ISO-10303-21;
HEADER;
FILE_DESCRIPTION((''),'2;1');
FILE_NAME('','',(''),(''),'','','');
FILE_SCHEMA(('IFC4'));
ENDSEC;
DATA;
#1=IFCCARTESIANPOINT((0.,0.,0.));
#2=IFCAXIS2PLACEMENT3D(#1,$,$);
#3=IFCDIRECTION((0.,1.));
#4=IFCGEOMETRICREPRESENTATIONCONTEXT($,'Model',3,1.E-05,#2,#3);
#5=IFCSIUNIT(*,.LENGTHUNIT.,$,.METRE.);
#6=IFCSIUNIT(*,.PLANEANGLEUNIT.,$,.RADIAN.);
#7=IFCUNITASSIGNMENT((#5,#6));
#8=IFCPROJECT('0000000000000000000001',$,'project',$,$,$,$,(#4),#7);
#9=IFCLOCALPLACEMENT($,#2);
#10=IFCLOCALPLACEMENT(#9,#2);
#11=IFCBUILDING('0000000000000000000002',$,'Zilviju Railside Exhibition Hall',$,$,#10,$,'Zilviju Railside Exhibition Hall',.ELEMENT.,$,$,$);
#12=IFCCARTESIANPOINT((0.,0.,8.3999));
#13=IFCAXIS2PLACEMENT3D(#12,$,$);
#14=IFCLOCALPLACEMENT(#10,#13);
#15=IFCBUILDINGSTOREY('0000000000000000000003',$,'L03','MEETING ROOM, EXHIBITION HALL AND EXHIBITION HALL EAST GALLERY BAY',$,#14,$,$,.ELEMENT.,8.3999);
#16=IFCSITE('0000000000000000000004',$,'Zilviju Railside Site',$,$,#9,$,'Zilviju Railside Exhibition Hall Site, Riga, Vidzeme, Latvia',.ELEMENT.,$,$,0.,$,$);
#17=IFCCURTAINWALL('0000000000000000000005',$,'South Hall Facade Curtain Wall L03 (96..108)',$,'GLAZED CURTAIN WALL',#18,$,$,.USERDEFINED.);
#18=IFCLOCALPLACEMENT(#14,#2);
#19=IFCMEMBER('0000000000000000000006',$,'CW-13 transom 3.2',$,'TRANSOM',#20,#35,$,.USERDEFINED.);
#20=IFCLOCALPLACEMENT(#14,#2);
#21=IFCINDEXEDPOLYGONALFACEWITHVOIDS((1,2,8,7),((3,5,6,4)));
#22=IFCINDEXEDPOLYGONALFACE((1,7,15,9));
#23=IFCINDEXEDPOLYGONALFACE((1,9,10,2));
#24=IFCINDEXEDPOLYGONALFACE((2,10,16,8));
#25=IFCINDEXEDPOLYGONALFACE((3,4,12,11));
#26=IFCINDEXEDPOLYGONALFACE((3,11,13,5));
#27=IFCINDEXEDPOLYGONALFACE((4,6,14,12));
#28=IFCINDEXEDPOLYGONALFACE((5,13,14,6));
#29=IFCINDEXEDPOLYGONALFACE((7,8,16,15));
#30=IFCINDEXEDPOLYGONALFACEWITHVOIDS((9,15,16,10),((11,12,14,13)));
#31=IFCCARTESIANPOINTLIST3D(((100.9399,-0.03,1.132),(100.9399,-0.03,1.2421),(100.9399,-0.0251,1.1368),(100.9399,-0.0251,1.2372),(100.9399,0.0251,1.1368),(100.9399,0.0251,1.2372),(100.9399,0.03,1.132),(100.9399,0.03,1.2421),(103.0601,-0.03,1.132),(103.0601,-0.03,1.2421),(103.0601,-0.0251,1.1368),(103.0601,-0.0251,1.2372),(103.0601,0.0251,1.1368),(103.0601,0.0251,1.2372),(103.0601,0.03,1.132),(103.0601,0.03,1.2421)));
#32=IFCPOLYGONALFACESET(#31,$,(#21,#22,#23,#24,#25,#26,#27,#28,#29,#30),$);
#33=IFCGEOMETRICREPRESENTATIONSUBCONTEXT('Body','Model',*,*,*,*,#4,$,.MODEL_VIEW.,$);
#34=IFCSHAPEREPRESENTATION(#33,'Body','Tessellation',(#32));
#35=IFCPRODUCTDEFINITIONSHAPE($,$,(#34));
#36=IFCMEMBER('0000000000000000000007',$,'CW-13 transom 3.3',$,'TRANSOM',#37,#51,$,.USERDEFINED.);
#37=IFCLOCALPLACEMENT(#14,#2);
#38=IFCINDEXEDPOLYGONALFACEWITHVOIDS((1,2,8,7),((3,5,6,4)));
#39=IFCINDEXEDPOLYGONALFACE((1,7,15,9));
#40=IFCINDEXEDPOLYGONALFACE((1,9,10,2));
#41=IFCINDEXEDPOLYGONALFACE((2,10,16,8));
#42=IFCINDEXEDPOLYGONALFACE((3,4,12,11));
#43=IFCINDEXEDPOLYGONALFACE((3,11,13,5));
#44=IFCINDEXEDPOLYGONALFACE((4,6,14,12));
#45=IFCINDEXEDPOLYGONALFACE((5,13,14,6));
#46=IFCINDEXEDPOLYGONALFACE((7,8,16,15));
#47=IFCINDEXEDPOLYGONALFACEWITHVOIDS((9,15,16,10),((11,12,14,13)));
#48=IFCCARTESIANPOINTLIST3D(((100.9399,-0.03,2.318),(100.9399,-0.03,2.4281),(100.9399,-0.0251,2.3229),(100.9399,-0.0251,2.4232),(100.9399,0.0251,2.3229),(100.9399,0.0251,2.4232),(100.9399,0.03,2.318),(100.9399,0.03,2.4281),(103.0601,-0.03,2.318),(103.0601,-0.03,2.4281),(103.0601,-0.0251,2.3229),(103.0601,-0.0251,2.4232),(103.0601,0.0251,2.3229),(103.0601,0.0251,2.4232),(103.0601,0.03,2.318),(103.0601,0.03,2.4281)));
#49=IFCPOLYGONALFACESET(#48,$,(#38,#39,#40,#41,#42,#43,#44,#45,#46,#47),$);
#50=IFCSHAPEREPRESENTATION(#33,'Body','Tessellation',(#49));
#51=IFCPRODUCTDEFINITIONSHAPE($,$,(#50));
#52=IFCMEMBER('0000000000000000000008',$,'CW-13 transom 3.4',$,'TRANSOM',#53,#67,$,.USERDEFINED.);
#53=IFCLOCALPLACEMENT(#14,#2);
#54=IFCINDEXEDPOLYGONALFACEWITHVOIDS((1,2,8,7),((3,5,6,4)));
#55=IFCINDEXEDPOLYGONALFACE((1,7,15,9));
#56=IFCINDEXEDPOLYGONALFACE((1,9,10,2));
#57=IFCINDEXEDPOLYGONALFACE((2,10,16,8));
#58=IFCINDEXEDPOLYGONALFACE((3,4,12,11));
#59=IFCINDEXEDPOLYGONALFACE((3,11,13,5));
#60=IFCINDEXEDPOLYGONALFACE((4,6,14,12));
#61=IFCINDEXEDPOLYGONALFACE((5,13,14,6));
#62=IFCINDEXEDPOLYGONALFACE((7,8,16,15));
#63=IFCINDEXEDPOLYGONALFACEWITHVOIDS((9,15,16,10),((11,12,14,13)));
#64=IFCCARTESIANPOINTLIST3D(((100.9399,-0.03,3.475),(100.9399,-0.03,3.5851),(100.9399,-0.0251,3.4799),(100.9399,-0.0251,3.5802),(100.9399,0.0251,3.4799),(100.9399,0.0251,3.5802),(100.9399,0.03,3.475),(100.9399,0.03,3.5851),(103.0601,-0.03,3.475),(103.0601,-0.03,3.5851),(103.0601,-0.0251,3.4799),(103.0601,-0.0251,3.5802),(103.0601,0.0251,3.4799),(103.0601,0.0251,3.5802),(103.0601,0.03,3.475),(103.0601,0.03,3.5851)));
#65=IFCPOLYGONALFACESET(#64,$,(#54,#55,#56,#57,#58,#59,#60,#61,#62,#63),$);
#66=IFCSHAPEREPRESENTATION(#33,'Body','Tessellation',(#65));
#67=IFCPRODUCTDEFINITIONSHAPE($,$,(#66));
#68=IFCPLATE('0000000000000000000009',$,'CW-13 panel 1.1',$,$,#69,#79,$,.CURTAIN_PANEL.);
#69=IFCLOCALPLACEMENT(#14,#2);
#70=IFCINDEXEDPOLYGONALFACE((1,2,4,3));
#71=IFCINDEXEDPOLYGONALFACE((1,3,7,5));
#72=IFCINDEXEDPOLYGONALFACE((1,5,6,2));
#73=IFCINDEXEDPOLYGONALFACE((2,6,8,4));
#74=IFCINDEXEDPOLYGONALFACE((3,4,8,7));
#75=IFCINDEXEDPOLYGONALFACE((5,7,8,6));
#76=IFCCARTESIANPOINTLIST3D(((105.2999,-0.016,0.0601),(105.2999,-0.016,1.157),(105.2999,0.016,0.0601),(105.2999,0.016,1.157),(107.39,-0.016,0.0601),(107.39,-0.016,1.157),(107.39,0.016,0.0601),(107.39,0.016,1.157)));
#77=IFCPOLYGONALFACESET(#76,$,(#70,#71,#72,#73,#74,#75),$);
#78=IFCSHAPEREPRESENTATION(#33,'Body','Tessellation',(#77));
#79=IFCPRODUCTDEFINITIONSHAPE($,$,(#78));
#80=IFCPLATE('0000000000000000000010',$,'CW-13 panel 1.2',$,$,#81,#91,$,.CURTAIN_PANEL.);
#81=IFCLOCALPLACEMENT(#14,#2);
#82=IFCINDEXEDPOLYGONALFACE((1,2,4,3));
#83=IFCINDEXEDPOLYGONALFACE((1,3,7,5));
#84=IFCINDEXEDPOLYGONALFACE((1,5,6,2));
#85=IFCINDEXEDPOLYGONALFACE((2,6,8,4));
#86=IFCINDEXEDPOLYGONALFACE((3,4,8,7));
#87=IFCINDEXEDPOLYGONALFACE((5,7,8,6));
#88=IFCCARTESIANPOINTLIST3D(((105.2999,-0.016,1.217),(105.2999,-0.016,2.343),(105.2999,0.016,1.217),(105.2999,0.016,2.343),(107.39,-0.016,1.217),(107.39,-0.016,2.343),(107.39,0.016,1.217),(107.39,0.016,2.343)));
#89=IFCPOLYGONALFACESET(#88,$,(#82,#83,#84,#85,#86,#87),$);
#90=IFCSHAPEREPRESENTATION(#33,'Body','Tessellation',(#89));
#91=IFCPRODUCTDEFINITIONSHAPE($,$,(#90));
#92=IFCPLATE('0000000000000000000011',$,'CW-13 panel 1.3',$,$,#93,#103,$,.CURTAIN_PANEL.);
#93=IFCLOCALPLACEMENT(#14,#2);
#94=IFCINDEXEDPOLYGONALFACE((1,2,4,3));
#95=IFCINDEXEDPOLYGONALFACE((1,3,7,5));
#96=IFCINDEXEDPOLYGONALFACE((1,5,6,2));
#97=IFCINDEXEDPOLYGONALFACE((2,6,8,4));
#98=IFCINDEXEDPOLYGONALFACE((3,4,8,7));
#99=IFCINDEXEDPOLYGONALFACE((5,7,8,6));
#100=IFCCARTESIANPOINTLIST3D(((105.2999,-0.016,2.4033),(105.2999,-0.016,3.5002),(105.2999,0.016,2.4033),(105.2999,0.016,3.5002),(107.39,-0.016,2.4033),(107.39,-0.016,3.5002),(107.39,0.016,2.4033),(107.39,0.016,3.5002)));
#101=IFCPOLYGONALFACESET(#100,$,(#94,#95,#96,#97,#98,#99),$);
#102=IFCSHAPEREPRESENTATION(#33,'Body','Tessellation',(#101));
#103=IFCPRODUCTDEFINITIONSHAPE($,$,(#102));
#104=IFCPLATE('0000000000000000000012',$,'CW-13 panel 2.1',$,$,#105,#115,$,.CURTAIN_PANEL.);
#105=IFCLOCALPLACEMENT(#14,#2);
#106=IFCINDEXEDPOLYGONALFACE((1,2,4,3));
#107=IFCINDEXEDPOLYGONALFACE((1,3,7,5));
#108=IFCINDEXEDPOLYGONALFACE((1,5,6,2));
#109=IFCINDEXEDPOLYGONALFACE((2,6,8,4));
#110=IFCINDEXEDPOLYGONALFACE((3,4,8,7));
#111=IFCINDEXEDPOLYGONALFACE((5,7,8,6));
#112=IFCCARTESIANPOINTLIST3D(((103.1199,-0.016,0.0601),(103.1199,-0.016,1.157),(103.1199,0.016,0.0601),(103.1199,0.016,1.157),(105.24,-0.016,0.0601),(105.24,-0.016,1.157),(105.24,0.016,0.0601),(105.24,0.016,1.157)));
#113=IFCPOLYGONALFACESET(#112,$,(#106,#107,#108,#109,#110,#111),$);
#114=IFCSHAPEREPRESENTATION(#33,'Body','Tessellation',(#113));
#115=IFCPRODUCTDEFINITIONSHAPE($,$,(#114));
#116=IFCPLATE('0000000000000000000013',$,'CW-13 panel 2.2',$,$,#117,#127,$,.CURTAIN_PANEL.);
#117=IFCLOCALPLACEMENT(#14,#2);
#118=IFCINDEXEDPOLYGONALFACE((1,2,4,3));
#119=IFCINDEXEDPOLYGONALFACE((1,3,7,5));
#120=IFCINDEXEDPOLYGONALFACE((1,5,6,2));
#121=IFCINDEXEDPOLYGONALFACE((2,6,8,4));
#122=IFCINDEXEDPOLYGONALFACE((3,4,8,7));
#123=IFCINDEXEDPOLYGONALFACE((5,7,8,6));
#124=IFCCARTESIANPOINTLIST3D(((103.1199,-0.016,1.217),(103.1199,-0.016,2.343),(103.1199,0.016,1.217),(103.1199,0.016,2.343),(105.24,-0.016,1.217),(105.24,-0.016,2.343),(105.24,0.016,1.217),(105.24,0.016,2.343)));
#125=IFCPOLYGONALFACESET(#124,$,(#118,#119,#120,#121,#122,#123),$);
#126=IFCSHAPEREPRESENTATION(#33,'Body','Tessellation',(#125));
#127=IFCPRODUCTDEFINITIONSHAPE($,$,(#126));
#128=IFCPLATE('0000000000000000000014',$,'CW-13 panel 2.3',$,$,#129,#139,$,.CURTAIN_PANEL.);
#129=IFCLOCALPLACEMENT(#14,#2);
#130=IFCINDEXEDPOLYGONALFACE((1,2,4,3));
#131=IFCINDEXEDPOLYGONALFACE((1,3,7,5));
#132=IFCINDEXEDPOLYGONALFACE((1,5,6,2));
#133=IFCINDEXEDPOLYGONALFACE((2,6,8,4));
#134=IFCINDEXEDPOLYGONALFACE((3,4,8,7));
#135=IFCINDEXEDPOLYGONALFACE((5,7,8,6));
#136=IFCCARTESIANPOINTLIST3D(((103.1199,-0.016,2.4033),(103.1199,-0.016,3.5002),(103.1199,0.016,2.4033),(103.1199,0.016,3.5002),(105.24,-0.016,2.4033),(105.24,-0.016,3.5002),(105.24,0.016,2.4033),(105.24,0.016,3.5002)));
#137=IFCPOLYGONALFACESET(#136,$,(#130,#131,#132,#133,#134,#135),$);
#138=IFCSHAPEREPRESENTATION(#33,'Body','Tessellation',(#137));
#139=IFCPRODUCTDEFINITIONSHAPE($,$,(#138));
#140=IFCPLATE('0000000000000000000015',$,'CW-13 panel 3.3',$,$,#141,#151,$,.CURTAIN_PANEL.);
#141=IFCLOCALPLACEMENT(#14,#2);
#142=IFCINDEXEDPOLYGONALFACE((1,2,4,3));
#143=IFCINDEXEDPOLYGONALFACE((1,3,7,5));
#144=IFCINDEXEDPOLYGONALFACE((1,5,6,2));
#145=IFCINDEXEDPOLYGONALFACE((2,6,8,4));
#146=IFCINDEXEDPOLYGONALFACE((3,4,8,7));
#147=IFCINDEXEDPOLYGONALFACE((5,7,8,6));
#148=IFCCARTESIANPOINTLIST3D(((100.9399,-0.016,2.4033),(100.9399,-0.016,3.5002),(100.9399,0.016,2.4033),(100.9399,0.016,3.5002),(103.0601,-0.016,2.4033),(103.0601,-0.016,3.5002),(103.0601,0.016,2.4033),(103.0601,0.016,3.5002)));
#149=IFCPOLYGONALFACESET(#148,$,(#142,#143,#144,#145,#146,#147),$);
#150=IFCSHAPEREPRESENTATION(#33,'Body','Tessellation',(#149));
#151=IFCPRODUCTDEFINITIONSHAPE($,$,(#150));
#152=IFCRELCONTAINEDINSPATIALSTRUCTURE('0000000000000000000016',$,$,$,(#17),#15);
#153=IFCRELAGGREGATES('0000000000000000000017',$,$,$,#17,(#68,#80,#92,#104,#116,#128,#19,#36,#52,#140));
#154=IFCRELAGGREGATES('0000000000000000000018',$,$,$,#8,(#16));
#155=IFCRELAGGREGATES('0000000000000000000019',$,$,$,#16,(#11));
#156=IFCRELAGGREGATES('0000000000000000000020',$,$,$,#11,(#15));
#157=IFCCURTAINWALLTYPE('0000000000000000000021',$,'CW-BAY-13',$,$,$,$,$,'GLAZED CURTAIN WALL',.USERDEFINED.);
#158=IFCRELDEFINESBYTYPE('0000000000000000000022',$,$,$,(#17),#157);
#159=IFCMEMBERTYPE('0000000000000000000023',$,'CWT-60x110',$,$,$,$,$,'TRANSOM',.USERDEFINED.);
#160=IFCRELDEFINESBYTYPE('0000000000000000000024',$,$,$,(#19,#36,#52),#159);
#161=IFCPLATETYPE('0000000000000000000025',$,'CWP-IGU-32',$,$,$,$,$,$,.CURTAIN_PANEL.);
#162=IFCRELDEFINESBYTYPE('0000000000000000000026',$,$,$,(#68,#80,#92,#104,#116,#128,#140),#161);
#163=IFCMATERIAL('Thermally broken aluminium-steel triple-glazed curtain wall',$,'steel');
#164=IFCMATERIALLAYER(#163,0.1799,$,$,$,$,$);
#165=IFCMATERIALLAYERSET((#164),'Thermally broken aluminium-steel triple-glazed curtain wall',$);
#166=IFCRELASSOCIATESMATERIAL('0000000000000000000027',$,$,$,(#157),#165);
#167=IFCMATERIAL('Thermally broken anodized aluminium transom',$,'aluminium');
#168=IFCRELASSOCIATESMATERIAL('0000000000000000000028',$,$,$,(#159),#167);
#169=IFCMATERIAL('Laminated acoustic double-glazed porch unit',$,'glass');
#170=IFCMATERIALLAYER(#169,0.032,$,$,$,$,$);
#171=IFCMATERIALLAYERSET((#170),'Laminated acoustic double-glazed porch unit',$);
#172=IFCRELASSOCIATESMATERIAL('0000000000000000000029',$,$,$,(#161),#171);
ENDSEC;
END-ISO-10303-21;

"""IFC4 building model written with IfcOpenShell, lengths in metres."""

from ifc_helpers import new_model, si_unit, direction, frame, origin, origin_2d, place, context, subcontext, project, spatial, rectangle, hollow_rectangle, extrude, material, layer, layer_set, material_profile, profile_set, type_object, element, aggregate, save


model = new_model("IFC4")

# Units and contexts
model_context = context("Model", 3, precision=1e-05, world=origin(), true_north=direction((0.0, 1.0)))
body_context = subcontext(model_context, "Body", "Model", "MODEL_VIEW")
ifc_project = project(units=[si_unit("LENGTHUNIT", "METRE"), si_unit("PLANEANGLEUNIT", "RADIAN")], contexts=[model_context])

# Site, building, storey
site_placement = place(None, origin())
site = spatial("IfcSite", under=ifc_project, at=site_placement, Name="Zilviju Railside Site", LongName="Zilviju Railside Exhibition Hall Site, Riga, Vidzeme, Latvia", CompositionType="ELEMENT", RefElevation=0.0)
building_placement = place(site_placement, origin())
building = spatial("IfcBuilding", under=site, at=building_placement, Name="Zilviju Railside Exhibition Hall", LongName="Zilviju Railside Exhibition Hall", CompositionType="ELEMENT")
storey_placement = place(building_placement, frame((0.0, 0.0, 8.3999)))
storey = spatial("IfcBuildingStorey", under=building, at=storey_placement, Name="L03", Description="MEETING ROOM, EXHIBITION HALL AND EXHIBITION HALL EAST GALLERY BAY", CompositionType="ELEMENT", Elevation=8.3999)

# Curtain wall, members, plates
ifc_material_1 = material(Name="Thermally broken aluminium-steel triple-glazed curtain wall", Category="steel")
ifc_layer_1 = layer(ifc_material_1, 0.1799)
ifc_layer_set_1 = layer_set([ifc_layer_1], Name="Thermally broken aluminium-steel triple-glazed curtain wall")
curtain_wall_type = type_object("IfcCurtainWallType", Name="CW-BAY-13", ElementType="GLAZED CURTAIN WALL", PredefinedType="USERDEFINED", material=ifc_layer_set_1)
curtain_wall_placement = place(storey_placement, origin())
curtain_wall = element("IfcCurtainWall", 1, at=curtain_wall_placement, inside=storey, type_object=curtain_wall_type, Name="South Hall Facade Curtain Wall L03 (96..108)", ObjectType="GLAZED CURTAIN WALL", PredefinedType="USERDEFINED")
ifc_material_2 = material(Name="Thermally broken anodized aluminium transom", Category="aluminium")
ifc_material_profile_1 = material_profile(ifc_material_2, hollow_rectangle(XDim=0.0601, YDim=0.1101, WallThickness=0.0049, at=origin_2d()), Name="TRANSOM 110x60x5")
ifc_profile_set_1 = profile_set([ifc_material_profile_1], Name="Thermally broken anodized aluminium transom")
member_type_1 = type_object("IfcMemberType", Name="CWT-60x110", ElementType="TRANSOM", PredefinedType="USERDEFINED", material=ifc_profile_set_1)
member_1_placement = place(storey_placement, frame((103.0601, 0.0, 1.187), z_axis=(-1.0, 0.0, 0.0), x_axis=(0.0, -1.0, 0.0)))
member_1 = element("IfcMember", 2, at=member_1_placement, type_object=member_type_1, Name="CW-13 transom 3.2", ObjectType="TRANSOM", PredefinedType="USERDEFINED", context=body_context, shape_type="SweptSolid", body=[
    extrude(hollow_rectangle(XDim=0.0601, YDim=0.1101, WallThickness=0.0049, at=origin_2d()), origin(), (0.0, 0.0, 1.0), 2.1201),
])
member_2_placement = place(storey_placement, frame((103.0601, 0.0, 2.373), z_axis=(-1.0, 0.0, 0.0), x_axis=(0.0, -1.0, 0.0)))
member_2 = element("IfcMember", 3, at=member_2_placement, type_object=member_type_1, Name="CW-13 transom 3.3", ObjectType="TRANSOM", PredefinedType="USERDEFINED", context=body_context, shape_type="SweptSolid", body=[
    extrude(hollow_rectangle(XDim=0.0601, YDim=0.1101, WallThickness=0.0049, at=origin_2d()), origin(), (0.0, 0.0, 1.0), 2.1201),
])
member_3_placement = place(storey_placement, frame((103.0601, 0.0, 3.53), z_axis=(-1.0, 0.0, 0.0), x_axis=(0.0, -1.0, 0.0)))
member_3 = element("IfcMember", 4, at=member_3_placement, type_object=member_type_1, Name="CW-13 transom 3.4", ObjectType="TRANSOM", PredefinedType="USERDEFINED", context=body_context, shape_type="SweptSolid", body=[
    extrude(hollow_rectangle(XDim=0.0601, YDim=0.1101, WallThickness=0.0049, at=origin_2d()), origin(), (0.0, 0.0, 1.0), 2.1201),
])
ifc_material_3 = material(Name="Laminated acoustic double-glazed porch unit", Category="glass")
ifc_layer_2 = layer(ifc_material_3, 0.032)
ifc_layer_set_2 = layer_set([ifc_layer_2], Name="Laminated acoustic double-glazed porch unit")
plate_type = type_object("IfcPlateType", Name="CWP-IGU-32", PredefinedType="CURTAIN_PANEL", material=ifc_layer_set_2)
plate_1_placement = place(storey_placement, frame((106.345, 0.0, 0.0601), z_axis=(0.0, 0.0, 1.0), x_axis=(-1.0, 0.0, 0.0)))
plate_1 = element("IfcPlate", 5, at=plate_1_placement, type_object=plate_type, Name="CW-13 panel 1.1", PredefinedType="CURTAIN_PANEL", context=body_context, shape_type="SweptSolid", body=[
    extrude(rectangle(XDim=2.0901, YDim=0.032, at=origin_2d()), origin(), (0.0, 0.0, 1.0), 1.0969),
])
plate_2_placement = place(storey_placement, frame((106.345, 0.0, 1.217), z_axis=(0.0, 0.0, 1.0), x_axis=(-1.0, 0.0, 0.0)))
plate_2 = element("IfcPlate", 6, at=plate_2_placement, type_object=plate_type, Name="CW-13 panel 1.2", PredefinedType="CURTAIN_PANEL", context=body_context, shape_type="SweptSolid", body=[
    extrude(rectangle(XDim=2.0901, YDim=0.032, at=origin_2d()), origin(), (0.0, 0.0, 1.0), 1.126),
])
plate_3_placement = place(storey_placement, frame((106.345, 0.0, 2.4033), z_axis=(0.0, 0.0, 1.0), x_axis=(-1.0, 0.0, 0.0)))
plate_3 = element("IfcPlate", 7, at=plate_3_placement, type_object=plate_type, Name="CW-13 panel 1.3", PredefinedType="CURTAIN_PANEL", context=body_context, shape_type="SweptSolid", body=[
    extrude(rectangle(XDim=2.0901, YDim=0.032, at=origin_2d()), origin(), (0.0, 0.0, 1.0), 1.0969),
])
plate_4_placement = place(storey_placement, frame((104.1799, 0.0, 0.0601), z_axis=(0.0, 0.0, 1.0), x_axis=(-1.0, 0.0, 0.0)))
plate_4 = element("IfcPlate", 8, at=plate_4_placement, type_object=plate_type, Name="CW-13 panel 2.1", PredefinedType="CURTAIN_PANEL", context=body_context, shape_type="SweptSolid", body=[
    extrude(rectangle(XDim=2.1201, YDim=0.032, at=origin_2d()), origin(), (0.0, 0.0, 1.0), 1.0969),
])
plate_5_placement = place(storey_placement, frame((104.1799, 0.0, 1.217), z_axis=(0.0, 0.0, 1.0), x_axis=(-1.0, 0.0, 0.0)))
plate_5 = element("IfcPlate", 9, at=plate_5_placement, type_object=plate_type, Name="CW-13 panel 2.2", PredefinedType="CURTAIN_PANEL", context=body_context, shape_type="SweptSolid", body=[
    extrude(rectangle(XDim=2.1201, YDim=0.032, at=origin_2d()), origin(), (0.0, 0.0, 1.0), 1.126),
])
plate_6_placement = place(storey_placement, frame((104.1799, 0.0, 2.4033), z_axis=(0.0, 0.0, 1.0), x_axis=(-1.0, 0.0, 0.0)))
plate_6 = element("IfcPlate", 10, at=plate_6_placement, type_object=plate_type, Name="CW-13 panel 2.3", PredefinedType="CURTAIN_PANEL", context=body_context, shape_type="SweptSolid", body=[
    extrude(rectangle(XDim=2.1201, YDim=0.032, at=origin_2d()), origin(), (0.0, 0.0, 1.0), 1.0969),
])
plate_7_placement = place(storey_placement, frame((102.0, 0.0, 2.4033), z_axis=(0.0, 0.0, 1.0), x_axis=(-1.0, 0.0, 0.0)))
plate_7 = element("IfcPlate", 11, at=plate_7_placement, type_object=plate_type, Name="CW-13 panel 3.3", PredefinedType="CURTAIN_PANEL", context=body_context, shape_type="SweptSolid", body=[
    extrude(rectangle(XDim=2.1201, YDim=0.032, at=origin_2d()), origin(), (0.0, 0.0, 1.0), 1.0969),
])
aggregate(curtain_wall, [plate_1, plate_2, plate_3, plate_4, plate_5, plate_6, member_1, member_2, member_3, plate_7])

save(model, "model.ifc")
